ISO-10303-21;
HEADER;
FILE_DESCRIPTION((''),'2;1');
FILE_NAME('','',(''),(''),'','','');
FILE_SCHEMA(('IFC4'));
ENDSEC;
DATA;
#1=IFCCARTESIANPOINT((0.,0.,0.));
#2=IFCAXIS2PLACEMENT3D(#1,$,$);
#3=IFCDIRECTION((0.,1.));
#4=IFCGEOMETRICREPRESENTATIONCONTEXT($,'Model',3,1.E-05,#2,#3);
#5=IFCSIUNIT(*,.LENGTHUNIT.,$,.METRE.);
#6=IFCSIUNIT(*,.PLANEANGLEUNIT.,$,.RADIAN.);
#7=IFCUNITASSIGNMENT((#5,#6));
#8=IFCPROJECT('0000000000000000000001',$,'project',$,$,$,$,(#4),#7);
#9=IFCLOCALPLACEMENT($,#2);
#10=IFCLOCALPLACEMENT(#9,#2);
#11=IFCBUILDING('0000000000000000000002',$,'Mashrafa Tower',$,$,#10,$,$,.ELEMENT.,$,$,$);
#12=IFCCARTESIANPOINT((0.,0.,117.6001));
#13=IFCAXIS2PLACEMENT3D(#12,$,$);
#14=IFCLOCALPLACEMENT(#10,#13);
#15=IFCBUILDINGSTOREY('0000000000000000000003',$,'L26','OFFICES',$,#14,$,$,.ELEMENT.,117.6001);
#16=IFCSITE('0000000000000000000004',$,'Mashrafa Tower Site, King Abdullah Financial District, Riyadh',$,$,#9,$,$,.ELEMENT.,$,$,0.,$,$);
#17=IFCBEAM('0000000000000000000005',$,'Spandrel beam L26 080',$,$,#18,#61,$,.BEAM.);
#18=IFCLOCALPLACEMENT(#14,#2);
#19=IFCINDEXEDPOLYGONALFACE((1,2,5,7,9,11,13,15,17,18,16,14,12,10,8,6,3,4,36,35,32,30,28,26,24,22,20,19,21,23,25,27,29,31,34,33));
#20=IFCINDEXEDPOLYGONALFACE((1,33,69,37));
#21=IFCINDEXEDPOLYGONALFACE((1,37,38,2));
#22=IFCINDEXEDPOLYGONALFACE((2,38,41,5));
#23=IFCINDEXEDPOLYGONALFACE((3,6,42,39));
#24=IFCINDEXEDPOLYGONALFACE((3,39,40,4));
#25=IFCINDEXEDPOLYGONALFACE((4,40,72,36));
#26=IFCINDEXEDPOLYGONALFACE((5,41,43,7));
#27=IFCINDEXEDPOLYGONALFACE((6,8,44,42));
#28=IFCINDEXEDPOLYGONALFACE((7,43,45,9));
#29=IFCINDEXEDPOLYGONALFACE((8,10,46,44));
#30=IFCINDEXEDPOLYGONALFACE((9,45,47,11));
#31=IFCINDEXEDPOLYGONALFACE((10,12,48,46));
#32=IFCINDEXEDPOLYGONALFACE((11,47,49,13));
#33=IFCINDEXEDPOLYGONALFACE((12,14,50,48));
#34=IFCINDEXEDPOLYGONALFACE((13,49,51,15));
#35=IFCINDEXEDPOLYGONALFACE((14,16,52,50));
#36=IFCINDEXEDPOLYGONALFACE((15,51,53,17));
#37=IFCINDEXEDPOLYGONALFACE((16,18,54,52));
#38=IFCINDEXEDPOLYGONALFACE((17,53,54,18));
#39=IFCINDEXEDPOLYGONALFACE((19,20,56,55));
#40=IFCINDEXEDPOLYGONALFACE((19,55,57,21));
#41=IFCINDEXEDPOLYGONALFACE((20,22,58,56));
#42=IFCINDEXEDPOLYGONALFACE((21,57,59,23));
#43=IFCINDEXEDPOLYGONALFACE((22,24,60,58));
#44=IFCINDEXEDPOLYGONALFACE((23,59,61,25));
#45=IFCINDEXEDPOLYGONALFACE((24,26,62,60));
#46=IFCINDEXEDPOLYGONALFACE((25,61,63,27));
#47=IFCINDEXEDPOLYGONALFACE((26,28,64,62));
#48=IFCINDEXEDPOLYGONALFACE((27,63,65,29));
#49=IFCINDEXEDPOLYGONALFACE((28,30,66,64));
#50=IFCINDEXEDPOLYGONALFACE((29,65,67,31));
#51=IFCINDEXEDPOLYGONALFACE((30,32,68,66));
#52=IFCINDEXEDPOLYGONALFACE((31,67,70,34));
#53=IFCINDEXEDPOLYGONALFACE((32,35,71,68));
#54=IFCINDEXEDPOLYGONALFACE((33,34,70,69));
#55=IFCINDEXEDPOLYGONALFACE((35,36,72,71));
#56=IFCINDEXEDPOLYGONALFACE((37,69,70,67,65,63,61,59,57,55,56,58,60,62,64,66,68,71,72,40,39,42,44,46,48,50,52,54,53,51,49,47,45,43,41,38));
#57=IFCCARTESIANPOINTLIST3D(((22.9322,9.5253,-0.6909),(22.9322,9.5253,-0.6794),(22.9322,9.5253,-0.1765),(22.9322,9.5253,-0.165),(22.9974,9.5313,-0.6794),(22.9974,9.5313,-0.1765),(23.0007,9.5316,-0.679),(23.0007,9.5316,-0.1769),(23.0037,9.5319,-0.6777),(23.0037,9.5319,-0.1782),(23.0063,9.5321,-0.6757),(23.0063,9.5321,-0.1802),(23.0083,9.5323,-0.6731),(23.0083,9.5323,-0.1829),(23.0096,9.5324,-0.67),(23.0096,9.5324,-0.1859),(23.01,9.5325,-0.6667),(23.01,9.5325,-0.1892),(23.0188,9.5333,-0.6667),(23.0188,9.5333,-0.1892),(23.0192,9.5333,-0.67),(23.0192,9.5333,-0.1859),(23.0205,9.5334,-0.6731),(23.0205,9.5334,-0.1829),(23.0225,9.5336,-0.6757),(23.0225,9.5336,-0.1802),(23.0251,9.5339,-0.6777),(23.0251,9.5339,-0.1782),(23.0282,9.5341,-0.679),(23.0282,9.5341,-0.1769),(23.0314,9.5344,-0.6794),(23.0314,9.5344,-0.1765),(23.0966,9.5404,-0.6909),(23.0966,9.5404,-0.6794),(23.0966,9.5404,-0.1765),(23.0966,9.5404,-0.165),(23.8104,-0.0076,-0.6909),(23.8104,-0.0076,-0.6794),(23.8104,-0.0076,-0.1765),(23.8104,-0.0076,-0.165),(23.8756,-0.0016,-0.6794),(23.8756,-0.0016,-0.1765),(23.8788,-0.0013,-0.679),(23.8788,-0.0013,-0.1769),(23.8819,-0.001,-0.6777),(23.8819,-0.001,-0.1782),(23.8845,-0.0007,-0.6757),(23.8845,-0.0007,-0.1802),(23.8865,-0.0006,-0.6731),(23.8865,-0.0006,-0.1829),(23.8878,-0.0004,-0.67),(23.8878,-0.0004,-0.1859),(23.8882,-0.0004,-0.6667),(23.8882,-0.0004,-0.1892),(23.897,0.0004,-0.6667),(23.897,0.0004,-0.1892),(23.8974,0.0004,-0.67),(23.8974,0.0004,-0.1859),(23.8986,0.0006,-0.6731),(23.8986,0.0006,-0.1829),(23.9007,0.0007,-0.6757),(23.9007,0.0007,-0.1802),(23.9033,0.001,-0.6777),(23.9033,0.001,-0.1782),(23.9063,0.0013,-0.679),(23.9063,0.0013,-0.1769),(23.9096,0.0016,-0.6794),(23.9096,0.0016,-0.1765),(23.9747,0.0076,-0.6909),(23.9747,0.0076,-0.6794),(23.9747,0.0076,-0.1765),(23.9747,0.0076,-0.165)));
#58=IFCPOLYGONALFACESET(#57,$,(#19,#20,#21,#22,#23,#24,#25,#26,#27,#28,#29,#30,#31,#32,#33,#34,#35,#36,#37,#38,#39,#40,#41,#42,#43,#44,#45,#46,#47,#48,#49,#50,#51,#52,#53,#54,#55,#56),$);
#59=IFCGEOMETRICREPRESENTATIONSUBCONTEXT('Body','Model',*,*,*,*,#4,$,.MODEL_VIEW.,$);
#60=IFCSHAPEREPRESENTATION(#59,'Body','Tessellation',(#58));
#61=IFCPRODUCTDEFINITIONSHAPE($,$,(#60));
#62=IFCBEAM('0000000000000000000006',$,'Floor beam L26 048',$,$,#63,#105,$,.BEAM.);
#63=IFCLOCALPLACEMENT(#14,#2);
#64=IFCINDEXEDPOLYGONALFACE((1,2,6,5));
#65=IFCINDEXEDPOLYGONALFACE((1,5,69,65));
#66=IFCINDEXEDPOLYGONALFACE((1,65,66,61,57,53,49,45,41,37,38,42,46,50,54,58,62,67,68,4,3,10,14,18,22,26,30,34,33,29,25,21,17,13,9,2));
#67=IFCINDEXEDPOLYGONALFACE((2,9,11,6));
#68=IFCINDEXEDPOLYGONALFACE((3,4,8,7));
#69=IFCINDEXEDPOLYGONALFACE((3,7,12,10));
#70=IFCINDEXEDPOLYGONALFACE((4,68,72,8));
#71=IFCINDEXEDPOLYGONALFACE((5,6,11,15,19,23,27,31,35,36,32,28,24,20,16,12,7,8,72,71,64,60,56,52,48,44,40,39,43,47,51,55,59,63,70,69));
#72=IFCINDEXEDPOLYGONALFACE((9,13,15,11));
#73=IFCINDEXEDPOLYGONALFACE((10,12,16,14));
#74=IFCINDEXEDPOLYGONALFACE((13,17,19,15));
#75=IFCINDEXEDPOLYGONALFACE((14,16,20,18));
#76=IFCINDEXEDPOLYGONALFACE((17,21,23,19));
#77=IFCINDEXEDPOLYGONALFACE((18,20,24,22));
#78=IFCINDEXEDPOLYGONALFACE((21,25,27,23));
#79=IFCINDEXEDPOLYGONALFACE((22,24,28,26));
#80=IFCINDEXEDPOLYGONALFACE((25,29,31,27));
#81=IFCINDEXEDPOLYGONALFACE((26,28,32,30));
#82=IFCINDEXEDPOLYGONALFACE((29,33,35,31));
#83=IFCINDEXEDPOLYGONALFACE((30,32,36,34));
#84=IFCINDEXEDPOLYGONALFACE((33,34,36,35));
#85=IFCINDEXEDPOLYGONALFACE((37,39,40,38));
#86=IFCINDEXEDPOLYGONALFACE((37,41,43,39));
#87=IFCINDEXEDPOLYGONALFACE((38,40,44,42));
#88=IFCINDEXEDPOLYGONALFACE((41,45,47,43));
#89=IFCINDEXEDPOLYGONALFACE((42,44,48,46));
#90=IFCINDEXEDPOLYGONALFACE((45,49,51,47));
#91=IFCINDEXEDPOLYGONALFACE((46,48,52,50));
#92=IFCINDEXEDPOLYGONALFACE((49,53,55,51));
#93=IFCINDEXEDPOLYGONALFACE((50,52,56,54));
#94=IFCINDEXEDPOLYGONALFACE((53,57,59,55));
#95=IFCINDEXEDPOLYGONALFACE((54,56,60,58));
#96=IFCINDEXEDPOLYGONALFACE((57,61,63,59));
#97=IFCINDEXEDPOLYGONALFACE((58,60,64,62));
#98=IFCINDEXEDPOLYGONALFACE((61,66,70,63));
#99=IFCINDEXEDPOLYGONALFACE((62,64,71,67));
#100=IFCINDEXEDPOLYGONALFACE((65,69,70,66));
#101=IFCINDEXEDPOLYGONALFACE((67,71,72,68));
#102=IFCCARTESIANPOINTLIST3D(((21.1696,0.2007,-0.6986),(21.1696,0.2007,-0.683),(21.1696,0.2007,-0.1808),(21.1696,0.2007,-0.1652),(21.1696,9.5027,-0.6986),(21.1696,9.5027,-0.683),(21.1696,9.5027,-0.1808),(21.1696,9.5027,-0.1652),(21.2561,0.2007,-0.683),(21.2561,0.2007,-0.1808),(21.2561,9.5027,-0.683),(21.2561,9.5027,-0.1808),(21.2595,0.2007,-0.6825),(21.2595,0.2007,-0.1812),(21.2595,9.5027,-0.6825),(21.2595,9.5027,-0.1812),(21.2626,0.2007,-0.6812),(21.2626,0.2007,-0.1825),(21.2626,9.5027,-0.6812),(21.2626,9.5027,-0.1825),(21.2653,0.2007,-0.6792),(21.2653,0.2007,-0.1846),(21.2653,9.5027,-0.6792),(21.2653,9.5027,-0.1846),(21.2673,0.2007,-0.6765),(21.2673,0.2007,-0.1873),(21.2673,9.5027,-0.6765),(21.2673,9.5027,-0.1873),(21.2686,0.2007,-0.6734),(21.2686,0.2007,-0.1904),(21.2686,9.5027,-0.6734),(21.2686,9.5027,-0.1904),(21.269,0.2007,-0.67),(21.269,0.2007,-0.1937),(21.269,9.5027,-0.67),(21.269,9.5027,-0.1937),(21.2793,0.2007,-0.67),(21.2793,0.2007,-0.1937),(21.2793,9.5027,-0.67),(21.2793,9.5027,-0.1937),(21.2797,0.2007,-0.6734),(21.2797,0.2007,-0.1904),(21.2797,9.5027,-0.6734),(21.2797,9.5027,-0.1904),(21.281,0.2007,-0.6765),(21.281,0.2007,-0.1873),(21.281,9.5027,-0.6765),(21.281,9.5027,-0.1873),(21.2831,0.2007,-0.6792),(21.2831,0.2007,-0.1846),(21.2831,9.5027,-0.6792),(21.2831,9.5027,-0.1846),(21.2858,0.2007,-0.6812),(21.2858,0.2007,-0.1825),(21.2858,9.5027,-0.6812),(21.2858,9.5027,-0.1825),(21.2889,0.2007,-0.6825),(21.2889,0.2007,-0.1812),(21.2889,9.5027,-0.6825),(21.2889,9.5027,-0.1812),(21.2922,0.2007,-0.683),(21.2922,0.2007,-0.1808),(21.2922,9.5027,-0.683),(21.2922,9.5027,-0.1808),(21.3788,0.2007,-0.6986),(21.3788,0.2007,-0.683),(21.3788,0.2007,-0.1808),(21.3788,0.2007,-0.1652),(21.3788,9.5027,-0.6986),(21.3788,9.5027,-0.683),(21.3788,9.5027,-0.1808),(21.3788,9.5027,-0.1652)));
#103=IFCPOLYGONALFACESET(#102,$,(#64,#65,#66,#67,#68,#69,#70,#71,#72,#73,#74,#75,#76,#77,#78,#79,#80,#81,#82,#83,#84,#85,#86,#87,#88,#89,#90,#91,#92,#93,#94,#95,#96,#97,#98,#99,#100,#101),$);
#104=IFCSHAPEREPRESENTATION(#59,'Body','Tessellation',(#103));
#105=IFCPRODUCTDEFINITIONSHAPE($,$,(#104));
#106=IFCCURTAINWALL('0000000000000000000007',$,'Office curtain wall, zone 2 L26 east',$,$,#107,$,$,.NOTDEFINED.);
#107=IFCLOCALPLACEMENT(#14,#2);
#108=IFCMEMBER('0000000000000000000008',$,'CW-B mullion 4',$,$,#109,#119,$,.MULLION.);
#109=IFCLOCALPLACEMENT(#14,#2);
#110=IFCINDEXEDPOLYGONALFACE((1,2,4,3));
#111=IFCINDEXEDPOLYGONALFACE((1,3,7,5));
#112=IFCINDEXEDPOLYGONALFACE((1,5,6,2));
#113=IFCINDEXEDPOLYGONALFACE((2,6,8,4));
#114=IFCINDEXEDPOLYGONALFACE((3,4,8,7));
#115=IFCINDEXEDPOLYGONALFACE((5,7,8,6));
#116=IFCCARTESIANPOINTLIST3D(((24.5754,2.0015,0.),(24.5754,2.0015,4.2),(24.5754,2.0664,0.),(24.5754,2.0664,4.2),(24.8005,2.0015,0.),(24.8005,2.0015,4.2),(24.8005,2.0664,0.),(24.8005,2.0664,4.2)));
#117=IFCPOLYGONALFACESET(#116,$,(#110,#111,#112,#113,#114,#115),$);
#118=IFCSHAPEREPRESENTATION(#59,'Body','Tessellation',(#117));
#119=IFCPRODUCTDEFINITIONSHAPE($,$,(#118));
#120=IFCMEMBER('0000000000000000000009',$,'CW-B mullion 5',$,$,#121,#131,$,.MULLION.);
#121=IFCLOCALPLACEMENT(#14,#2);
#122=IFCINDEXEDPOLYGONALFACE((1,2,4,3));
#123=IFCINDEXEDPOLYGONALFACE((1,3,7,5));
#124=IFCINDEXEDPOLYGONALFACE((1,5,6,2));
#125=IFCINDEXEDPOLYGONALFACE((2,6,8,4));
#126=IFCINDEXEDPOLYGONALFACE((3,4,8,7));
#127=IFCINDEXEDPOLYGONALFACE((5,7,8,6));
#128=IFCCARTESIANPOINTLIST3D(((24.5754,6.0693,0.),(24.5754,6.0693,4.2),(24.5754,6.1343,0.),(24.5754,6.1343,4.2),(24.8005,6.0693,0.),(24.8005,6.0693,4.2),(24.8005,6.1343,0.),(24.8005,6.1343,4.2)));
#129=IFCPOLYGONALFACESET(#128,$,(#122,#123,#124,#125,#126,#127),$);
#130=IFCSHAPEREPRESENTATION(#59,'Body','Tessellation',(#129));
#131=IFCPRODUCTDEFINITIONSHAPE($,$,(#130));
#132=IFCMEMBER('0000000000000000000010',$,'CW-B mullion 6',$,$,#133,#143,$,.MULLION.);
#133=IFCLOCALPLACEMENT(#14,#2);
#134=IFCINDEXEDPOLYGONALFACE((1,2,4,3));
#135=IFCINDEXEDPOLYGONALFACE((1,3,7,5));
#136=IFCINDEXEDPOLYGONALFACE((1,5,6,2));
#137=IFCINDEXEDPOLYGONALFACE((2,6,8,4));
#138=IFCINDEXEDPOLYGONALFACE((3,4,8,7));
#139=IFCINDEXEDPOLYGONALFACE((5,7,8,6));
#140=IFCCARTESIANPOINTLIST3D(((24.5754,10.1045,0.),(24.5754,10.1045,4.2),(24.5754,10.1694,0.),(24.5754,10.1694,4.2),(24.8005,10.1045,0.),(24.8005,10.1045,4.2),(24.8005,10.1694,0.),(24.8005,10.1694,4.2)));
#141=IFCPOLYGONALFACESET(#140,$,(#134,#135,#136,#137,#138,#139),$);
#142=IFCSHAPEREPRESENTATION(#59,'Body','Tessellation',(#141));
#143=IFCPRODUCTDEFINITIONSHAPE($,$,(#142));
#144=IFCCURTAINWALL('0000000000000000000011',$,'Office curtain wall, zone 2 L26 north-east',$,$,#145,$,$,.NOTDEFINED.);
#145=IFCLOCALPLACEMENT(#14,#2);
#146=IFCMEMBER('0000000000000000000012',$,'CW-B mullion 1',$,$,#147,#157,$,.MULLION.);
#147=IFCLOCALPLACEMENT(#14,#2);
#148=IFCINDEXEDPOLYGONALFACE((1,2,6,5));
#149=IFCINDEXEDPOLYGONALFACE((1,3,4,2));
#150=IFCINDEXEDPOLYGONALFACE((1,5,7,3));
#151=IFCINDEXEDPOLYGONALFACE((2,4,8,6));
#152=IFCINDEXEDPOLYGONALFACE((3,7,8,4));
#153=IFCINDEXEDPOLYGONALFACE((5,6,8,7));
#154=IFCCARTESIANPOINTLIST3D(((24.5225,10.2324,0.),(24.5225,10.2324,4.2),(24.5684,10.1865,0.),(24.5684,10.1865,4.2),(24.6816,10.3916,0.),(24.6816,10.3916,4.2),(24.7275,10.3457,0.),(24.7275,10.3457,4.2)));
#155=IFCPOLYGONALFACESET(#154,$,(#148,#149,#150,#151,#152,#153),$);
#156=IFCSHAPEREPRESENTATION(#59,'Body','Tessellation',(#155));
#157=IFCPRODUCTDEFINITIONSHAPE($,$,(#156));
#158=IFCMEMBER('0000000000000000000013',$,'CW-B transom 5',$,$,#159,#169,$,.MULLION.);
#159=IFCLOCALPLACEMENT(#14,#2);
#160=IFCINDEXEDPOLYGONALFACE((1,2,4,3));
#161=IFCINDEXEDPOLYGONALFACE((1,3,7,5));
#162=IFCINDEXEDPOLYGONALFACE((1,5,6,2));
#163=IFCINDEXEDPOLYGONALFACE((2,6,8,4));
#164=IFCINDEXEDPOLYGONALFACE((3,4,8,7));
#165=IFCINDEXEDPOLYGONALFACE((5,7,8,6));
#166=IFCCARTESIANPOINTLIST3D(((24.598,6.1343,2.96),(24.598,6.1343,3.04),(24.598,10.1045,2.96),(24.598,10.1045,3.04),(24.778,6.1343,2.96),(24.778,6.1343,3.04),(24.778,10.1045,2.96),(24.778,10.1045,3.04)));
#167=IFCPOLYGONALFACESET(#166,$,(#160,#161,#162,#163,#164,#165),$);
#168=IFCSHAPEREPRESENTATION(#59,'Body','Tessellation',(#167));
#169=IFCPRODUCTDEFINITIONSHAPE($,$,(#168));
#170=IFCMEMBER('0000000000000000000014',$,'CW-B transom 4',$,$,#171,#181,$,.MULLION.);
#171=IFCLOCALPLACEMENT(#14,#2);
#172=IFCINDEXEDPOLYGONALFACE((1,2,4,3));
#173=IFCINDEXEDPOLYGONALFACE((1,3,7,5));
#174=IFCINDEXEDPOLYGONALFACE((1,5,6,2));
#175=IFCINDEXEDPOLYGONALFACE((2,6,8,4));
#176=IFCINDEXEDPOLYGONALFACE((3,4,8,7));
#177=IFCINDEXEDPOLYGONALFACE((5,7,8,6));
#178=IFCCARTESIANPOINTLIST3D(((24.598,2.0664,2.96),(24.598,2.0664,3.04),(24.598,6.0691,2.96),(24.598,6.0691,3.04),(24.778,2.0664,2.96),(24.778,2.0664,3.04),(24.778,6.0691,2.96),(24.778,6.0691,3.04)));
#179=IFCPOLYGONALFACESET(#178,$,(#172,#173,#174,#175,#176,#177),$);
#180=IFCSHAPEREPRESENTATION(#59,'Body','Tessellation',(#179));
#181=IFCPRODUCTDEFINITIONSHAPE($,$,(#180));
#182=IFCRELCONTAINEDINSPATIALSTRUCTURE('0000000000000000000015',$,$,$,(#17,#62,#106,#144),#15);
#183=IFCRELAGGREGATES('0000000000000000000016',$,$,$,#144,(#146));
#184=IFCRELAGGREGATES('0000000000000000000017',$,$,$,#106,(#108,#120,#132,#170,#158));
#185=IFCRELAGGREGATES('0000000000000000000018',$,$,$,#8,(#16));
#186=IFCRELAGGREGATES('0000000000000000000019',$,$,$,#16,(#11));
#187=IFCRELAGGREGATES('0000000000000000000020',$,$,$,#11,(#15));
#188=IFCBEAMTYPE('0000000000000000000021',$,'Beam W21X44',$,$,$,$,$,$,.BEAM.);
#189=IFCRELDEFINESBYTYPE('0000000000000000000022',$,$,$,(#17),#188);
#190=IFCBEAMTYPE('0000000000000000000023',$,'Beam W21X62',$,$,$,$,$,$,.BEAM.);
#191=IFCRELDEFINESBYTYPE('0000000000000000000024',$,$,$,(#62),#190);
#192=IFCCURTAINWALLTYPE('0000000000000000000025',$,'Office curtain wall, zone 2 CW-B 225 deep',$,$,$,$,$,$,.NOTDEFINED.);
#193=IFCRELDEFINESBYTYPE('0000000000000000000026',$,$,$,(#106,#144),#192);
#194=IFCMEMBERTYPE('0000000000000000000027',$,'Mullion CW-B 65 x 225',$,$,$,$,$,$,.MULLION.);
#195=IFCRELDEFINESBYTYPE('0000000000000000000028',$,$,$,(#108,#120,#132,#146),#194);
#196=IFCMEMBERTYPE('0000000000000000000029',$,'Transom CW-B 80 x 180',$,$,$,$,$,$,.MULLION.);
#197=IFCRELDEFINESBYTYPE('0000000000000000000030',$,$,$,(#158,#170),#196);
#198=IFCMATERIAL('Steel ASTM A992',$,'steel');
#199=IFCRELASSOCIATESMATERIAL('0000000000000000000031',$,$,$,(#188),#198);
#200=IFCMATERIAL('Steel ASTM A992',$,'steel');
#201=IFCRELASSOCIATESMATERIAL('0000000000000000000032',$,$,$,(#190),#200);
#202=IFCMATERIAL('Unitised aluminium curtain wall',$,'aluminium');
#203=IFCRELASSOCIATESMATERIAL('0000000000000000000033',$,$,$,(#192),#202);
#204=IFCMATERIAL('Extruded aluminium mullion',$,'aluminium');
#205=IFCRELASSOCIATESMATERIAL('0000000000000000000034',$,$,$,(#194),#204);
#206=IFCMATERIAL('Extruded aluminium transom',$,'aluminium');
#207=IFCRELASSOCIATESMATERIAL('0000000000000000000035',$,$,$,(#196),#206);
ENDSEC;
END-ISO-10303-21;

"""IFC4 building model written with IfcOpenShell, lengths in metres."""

from ifc_helpers import new_model, si_unit, direction, frame, origin, origin_2d, place, context, subcontext, project, spatial, rectangle, i_section, extrude, source, transform, mapped, material, material_profile, profile_set, type_object, type_shapes, element, aggregate, save


model = new_model("IFC4")

# Units and contexts
model_context = context("Model", 3, precision=1e-05, world=origin(), true_north=direction((0.0, 1.0)))
body_context = subcontext(model_context, "Body", "Model", "MODEL_VIEW")
ifc_project = project(units=[si_unit("LENGTHUNIT", "METRE"), si_unit("PLANEANGLEUNIT", "RADIAN")], contexts=[model_context])

# Site, building, storey
site_placement = place(None, origin())
site = spatial("IfcSite", under=ifc_project, at=site_placement, Name="Mashrafa Tower Site, King Abdullah Financial District, Riyadh", CompositionType="ELEMENT", RefElevation=0.0)
building_placement = place(site_placement, origin())
building = spatial("IfcBuilding", under=site, at=building_placement, Name="Mashrafa Tower", CompositionType="ELEMENT")
storey_placement = place(building_placement, frame((0.0, 0.0, 117.6001)))
storey = spatial("IfcBuildingStorey", under=building, at=storey_placement, Name="L26", Description="OFFICES", CompositionType="ELEMENT", Elevation=117.6001)

# Beams
ifc_material_1 = material(Name="Steel ASTM A992", Category="steel")
ifc_material_profile_1 = material_profile(ifc_material_1, i_section(OverallWidth=0.165, OverallDepth=0.5259, WebThickness=0.0088, FlangeThickness=0.0115, FilletRadius=0.0127, at=origin_2d()), Name="W21X44")
ifc_profile_set_1 = profile_set([ifc_material_profile_1], Name="Steel ASTM A992")
beam_type_1 = type_object("IfcBeamType", Name="Beam W21X44", PredefinedType="BEAM", material=ifc_profile_set_1)
for number, where, z_axis, x_axis, name in (
    (1, (23.8926, 0.0, -0.428), (-0.091731, 0.995784, 0.0), (-0.995784, -0.091731, 0.0), "Spandrel beam L26 080"),
):
    element("IfcBeam", number, at=place(storey_placement, frame(where, z_axis=z_axis, x_axis=x_axis)), inside=storey, type_object=beam_type_1, Name=name, PredefinedType="BEAM", context=body_context, shape_type="SweptSolid", body=[
        extrude(i_section(OverallWidth=0.165, OverallDepth=0.5259, WebThickness=0.0088, FlangeThickness=0.0115, FilletRadius=0.0127, at=origin_2d()), origin(), (0.0, 0.0, 1.0), 9.5732),
    ])
ifc_material_2 = material(Name="Steel ASTM A992", Category="steel")
ifc_material_profile_2 = material_profile(ifc_material_2, i_section(OverallWidth=0.2092, OverallDepth=0.5334, WebThickness=0.0103, FlangeThickness=0.0156, FilletRadius=0.0129, at=origin_2d()), Name="W21X62")
ifc_profile_set_2 = profile_set([ifc_material_profile_2], Name="Steel ASTM A992")
beam_type_2 = type_object("IfcBeamType", Name="Beam W21X62", PredefinedType="BEAM", material=ifc_profile_set_2)
beam_1_placement = place(storey_placement, frame((21.2742, 9.5027, -0.4319), z_axis=(0.0, -1.0, 0.0), x_axis=(1.0, 0.0, 0.0)))
element("IfcBeam", 2, at=beam_1_placement, inside=storey, type_object=beam_type_2, Name="Floor beam L26 048", PredefinedType="BEAM", context=body_context, shape_type="SweptSolid", body=[
    extrude(i_section(OverallWidth=0.2092, OverallDepth=0.5334, WebThickness=0.0103, FlangeThickness=0.0156, FilletRadius=0.0129, at=origin_2d()), origin(), (0.0, 0.0, 1.0), 9.302),
])

# Curtain wall, members
ifc_material_3 = material(Name="Unitised aluminium curtain wall", Category="aluminium")
curtain_wall_type = type_object("IfcCurtainWallType", Name="Office curtain wall, zone 2 CW-B 225 deep", PredefinedType="NOTDEFINED", material=ifc_material_3)
curtain_wall_1_placement = place(storey_placement, origin())
curtain_wall_1 = element("IfcCurtainWall", 3, at=curtain_wall_1_placement, inside=storey, type_object=curtain_wall_type, Name="Office curtain wall, zone 2 L26 east", PredefinedType="NOTDEFINED")
ifc_material_4 = material(Name="Extruded aluminium mullion", Category="aluminium")
ifc_material_profile_3 = material_profile(ifc_material_4, rectangle(XDim=0.2251, YDim=0.0649, at=origin_2d()), Name="Mullion 65x225")
ifc_profile_set_3 = profile_set([ifc_material_profile_3], Name="Extruded aluminium mullion")
member_type_1 = type_object("IfcMemberType", Name="Mullion CW-B 65 x 225", PredefinedType="MULLION", material=ifc_profile_set_3)
shared_shape_1 = source(origin(), body_context, "Body", "SweptSolid", [
    extrude(rectangle(XDim=0.2251, YDim=0.0649, at=origin_2d()), origin(), (0.0, 0.0, 1.0), 4.2),
])
type_shapes(member_type_1, [shared_shape_1])
member_1_placement = place(storey_placement, frame((24.688, 2.0339, 0.0), z_axis=(0.0, 0.0, 1.0), x_axis=(-1.0, 0.0, 0.0)))
member_1 = element("IfcMember", 4, at=member_1_placement, type_object=member_type_1, Name="CW-B mullion 4", PredefinedType="MULLION", context=body_context, shape_type="MappedRepresentation", body=[
    mapped(shared_shape_1, transform((0.0, 0.0, 0.0))),
])
member_2_placement = place(storey_placement, frame((24.688, 6.1018, 0.0), z_axis=(0.0, 0.0, 1.0), x_axis=(-1.0, 0.0, 0.0)))
member_2 = element("IfcMember", 5, at=member_2_placement, type_object=member_type_1, Name="CW-B mullion 5", PredefinedType="MULLION", context=body_context, shape_type="MappedRepresentation", body=[
    mapped(shared_shape_1, transform((0.0, 0.0, 0.0))),
])
member_3_placement = place(storey_placement, frame((24.688, 10.137, 0.0), z_axis=(0.0, 0.0, 1.0), x_axis=(-1.0, 0.0, 0.0)))
member_3 = element("IfcMember", 6, at=member_3_placement, type_object=member_type_1, Name="CW-B mullion 6", PredefinedType="MULLION", context=body_context, shape_type="MappedRepresentation", body=[
    mapped(shared_shape_1, transform((0.0, 0.0, 0.0))),
])

# Curtain wall, member
curtain_wall_2_placement = place(storey_placement, origin())
curtain_wall_2 = element("IfcCurtainWall", 7, at=curtain_wall_2_placement, inside=storey, type_object=curtain_wall_type, Name="Office curtain wall, zone 2 L26 north-east", PredefinedType="NOTDEFINED")
member_4_placement = place(storey_placement, frame((24.625, 10.2891, 0.0), z_axis=(0.0, 0.0, 1.0), x_axis=(-0.707107, -0.707107, 0.0)))
member_4 = element("IfcMember", 8, at=member_4_placement, type_object=member_type_1, Name="CW-B mullion 1", PredefinedType="MULLION", context=body_context, shape_type="MappedRepresentation", body=[
    mapped(shared_shape_1, transform((0.0, 0.0, 0.0))),
])
aggregate(curtain_wall_2, [member_4])

# Members
ifc_material_5 = material(Name="Extruded aluminium transom", Category="aluminium")
ifc_material_profile_4 = material_profile(ifc_material_5, rectangle(XDim=0.1799, YDim=0.0801, at=origin_2d()), Name="Transom 80x180")
ifc_profile_set_4 = profile_set([ifc_material_profile_4], Name="Extruded aluminium transom")
member_type_2 = type_object("IfcMemberType", Name="Transom CW-B 80 x 180", PredefinedType="MULLION", material=ifc_profile_set_4)
shared_shape_2 = source(origin(), body_context, "Body", "SweptSolid", [
    extrude(rectangle(XDim=0.1799, YDim=0.0801, at=origin_2d()), origin(), (0.0, 0.0, 1.0), 3.9702),
])
member_5_placement = place(storey_placement, frame((24.688, 6.1343, 3.0), z_axis=(0.0, 1.0, 0.0), x_axis=(-1.0, 0.0, 0.0)))
member_5 = element("IfcMember", 9, at=member_5_placement, type_object=member_type_2, Name="CW-B transom 5", PredefinedType="MULLION", context=body_context, shape_type="MappedRepresentation", body=[
    mapped(shared_shape_2, transform((0.0, 0.0, 0.0))),
])
shared_shape_3 = source(origin(), body_context, "Body", "SweptSolid", [
    extrude(rectangle(XDim=0.1799, YDim=0.0801, at=origin_2d()), origin(), (0.0, 0.0, 1.0), 4.0027),
])
type_shapes(member_type_2, [shared_shape_2, shared_shape_3])
member_6_placement = place(storey_placement, frame((24.688, 2.0664, 3.0), z_axis=(0.0, 1.0, 0.0), x_axis=(-1.0, 0.0, 0.0)))
member_6 = element("IfcMember", 10, at=member_6_placement, type_object=member_type_2, Name="CW-B transom 4", PredefinedType="MULLION", context=body_context, shape_type="MappedRepresentation", body=[
    mapped(shared_shape_3, transform((0.0, 0.0, 0.0))),
])

aggregate(curtain_wall_1, [member_1, member_2, member_3, member_6, member_5])

save(model, "model.ifc")
